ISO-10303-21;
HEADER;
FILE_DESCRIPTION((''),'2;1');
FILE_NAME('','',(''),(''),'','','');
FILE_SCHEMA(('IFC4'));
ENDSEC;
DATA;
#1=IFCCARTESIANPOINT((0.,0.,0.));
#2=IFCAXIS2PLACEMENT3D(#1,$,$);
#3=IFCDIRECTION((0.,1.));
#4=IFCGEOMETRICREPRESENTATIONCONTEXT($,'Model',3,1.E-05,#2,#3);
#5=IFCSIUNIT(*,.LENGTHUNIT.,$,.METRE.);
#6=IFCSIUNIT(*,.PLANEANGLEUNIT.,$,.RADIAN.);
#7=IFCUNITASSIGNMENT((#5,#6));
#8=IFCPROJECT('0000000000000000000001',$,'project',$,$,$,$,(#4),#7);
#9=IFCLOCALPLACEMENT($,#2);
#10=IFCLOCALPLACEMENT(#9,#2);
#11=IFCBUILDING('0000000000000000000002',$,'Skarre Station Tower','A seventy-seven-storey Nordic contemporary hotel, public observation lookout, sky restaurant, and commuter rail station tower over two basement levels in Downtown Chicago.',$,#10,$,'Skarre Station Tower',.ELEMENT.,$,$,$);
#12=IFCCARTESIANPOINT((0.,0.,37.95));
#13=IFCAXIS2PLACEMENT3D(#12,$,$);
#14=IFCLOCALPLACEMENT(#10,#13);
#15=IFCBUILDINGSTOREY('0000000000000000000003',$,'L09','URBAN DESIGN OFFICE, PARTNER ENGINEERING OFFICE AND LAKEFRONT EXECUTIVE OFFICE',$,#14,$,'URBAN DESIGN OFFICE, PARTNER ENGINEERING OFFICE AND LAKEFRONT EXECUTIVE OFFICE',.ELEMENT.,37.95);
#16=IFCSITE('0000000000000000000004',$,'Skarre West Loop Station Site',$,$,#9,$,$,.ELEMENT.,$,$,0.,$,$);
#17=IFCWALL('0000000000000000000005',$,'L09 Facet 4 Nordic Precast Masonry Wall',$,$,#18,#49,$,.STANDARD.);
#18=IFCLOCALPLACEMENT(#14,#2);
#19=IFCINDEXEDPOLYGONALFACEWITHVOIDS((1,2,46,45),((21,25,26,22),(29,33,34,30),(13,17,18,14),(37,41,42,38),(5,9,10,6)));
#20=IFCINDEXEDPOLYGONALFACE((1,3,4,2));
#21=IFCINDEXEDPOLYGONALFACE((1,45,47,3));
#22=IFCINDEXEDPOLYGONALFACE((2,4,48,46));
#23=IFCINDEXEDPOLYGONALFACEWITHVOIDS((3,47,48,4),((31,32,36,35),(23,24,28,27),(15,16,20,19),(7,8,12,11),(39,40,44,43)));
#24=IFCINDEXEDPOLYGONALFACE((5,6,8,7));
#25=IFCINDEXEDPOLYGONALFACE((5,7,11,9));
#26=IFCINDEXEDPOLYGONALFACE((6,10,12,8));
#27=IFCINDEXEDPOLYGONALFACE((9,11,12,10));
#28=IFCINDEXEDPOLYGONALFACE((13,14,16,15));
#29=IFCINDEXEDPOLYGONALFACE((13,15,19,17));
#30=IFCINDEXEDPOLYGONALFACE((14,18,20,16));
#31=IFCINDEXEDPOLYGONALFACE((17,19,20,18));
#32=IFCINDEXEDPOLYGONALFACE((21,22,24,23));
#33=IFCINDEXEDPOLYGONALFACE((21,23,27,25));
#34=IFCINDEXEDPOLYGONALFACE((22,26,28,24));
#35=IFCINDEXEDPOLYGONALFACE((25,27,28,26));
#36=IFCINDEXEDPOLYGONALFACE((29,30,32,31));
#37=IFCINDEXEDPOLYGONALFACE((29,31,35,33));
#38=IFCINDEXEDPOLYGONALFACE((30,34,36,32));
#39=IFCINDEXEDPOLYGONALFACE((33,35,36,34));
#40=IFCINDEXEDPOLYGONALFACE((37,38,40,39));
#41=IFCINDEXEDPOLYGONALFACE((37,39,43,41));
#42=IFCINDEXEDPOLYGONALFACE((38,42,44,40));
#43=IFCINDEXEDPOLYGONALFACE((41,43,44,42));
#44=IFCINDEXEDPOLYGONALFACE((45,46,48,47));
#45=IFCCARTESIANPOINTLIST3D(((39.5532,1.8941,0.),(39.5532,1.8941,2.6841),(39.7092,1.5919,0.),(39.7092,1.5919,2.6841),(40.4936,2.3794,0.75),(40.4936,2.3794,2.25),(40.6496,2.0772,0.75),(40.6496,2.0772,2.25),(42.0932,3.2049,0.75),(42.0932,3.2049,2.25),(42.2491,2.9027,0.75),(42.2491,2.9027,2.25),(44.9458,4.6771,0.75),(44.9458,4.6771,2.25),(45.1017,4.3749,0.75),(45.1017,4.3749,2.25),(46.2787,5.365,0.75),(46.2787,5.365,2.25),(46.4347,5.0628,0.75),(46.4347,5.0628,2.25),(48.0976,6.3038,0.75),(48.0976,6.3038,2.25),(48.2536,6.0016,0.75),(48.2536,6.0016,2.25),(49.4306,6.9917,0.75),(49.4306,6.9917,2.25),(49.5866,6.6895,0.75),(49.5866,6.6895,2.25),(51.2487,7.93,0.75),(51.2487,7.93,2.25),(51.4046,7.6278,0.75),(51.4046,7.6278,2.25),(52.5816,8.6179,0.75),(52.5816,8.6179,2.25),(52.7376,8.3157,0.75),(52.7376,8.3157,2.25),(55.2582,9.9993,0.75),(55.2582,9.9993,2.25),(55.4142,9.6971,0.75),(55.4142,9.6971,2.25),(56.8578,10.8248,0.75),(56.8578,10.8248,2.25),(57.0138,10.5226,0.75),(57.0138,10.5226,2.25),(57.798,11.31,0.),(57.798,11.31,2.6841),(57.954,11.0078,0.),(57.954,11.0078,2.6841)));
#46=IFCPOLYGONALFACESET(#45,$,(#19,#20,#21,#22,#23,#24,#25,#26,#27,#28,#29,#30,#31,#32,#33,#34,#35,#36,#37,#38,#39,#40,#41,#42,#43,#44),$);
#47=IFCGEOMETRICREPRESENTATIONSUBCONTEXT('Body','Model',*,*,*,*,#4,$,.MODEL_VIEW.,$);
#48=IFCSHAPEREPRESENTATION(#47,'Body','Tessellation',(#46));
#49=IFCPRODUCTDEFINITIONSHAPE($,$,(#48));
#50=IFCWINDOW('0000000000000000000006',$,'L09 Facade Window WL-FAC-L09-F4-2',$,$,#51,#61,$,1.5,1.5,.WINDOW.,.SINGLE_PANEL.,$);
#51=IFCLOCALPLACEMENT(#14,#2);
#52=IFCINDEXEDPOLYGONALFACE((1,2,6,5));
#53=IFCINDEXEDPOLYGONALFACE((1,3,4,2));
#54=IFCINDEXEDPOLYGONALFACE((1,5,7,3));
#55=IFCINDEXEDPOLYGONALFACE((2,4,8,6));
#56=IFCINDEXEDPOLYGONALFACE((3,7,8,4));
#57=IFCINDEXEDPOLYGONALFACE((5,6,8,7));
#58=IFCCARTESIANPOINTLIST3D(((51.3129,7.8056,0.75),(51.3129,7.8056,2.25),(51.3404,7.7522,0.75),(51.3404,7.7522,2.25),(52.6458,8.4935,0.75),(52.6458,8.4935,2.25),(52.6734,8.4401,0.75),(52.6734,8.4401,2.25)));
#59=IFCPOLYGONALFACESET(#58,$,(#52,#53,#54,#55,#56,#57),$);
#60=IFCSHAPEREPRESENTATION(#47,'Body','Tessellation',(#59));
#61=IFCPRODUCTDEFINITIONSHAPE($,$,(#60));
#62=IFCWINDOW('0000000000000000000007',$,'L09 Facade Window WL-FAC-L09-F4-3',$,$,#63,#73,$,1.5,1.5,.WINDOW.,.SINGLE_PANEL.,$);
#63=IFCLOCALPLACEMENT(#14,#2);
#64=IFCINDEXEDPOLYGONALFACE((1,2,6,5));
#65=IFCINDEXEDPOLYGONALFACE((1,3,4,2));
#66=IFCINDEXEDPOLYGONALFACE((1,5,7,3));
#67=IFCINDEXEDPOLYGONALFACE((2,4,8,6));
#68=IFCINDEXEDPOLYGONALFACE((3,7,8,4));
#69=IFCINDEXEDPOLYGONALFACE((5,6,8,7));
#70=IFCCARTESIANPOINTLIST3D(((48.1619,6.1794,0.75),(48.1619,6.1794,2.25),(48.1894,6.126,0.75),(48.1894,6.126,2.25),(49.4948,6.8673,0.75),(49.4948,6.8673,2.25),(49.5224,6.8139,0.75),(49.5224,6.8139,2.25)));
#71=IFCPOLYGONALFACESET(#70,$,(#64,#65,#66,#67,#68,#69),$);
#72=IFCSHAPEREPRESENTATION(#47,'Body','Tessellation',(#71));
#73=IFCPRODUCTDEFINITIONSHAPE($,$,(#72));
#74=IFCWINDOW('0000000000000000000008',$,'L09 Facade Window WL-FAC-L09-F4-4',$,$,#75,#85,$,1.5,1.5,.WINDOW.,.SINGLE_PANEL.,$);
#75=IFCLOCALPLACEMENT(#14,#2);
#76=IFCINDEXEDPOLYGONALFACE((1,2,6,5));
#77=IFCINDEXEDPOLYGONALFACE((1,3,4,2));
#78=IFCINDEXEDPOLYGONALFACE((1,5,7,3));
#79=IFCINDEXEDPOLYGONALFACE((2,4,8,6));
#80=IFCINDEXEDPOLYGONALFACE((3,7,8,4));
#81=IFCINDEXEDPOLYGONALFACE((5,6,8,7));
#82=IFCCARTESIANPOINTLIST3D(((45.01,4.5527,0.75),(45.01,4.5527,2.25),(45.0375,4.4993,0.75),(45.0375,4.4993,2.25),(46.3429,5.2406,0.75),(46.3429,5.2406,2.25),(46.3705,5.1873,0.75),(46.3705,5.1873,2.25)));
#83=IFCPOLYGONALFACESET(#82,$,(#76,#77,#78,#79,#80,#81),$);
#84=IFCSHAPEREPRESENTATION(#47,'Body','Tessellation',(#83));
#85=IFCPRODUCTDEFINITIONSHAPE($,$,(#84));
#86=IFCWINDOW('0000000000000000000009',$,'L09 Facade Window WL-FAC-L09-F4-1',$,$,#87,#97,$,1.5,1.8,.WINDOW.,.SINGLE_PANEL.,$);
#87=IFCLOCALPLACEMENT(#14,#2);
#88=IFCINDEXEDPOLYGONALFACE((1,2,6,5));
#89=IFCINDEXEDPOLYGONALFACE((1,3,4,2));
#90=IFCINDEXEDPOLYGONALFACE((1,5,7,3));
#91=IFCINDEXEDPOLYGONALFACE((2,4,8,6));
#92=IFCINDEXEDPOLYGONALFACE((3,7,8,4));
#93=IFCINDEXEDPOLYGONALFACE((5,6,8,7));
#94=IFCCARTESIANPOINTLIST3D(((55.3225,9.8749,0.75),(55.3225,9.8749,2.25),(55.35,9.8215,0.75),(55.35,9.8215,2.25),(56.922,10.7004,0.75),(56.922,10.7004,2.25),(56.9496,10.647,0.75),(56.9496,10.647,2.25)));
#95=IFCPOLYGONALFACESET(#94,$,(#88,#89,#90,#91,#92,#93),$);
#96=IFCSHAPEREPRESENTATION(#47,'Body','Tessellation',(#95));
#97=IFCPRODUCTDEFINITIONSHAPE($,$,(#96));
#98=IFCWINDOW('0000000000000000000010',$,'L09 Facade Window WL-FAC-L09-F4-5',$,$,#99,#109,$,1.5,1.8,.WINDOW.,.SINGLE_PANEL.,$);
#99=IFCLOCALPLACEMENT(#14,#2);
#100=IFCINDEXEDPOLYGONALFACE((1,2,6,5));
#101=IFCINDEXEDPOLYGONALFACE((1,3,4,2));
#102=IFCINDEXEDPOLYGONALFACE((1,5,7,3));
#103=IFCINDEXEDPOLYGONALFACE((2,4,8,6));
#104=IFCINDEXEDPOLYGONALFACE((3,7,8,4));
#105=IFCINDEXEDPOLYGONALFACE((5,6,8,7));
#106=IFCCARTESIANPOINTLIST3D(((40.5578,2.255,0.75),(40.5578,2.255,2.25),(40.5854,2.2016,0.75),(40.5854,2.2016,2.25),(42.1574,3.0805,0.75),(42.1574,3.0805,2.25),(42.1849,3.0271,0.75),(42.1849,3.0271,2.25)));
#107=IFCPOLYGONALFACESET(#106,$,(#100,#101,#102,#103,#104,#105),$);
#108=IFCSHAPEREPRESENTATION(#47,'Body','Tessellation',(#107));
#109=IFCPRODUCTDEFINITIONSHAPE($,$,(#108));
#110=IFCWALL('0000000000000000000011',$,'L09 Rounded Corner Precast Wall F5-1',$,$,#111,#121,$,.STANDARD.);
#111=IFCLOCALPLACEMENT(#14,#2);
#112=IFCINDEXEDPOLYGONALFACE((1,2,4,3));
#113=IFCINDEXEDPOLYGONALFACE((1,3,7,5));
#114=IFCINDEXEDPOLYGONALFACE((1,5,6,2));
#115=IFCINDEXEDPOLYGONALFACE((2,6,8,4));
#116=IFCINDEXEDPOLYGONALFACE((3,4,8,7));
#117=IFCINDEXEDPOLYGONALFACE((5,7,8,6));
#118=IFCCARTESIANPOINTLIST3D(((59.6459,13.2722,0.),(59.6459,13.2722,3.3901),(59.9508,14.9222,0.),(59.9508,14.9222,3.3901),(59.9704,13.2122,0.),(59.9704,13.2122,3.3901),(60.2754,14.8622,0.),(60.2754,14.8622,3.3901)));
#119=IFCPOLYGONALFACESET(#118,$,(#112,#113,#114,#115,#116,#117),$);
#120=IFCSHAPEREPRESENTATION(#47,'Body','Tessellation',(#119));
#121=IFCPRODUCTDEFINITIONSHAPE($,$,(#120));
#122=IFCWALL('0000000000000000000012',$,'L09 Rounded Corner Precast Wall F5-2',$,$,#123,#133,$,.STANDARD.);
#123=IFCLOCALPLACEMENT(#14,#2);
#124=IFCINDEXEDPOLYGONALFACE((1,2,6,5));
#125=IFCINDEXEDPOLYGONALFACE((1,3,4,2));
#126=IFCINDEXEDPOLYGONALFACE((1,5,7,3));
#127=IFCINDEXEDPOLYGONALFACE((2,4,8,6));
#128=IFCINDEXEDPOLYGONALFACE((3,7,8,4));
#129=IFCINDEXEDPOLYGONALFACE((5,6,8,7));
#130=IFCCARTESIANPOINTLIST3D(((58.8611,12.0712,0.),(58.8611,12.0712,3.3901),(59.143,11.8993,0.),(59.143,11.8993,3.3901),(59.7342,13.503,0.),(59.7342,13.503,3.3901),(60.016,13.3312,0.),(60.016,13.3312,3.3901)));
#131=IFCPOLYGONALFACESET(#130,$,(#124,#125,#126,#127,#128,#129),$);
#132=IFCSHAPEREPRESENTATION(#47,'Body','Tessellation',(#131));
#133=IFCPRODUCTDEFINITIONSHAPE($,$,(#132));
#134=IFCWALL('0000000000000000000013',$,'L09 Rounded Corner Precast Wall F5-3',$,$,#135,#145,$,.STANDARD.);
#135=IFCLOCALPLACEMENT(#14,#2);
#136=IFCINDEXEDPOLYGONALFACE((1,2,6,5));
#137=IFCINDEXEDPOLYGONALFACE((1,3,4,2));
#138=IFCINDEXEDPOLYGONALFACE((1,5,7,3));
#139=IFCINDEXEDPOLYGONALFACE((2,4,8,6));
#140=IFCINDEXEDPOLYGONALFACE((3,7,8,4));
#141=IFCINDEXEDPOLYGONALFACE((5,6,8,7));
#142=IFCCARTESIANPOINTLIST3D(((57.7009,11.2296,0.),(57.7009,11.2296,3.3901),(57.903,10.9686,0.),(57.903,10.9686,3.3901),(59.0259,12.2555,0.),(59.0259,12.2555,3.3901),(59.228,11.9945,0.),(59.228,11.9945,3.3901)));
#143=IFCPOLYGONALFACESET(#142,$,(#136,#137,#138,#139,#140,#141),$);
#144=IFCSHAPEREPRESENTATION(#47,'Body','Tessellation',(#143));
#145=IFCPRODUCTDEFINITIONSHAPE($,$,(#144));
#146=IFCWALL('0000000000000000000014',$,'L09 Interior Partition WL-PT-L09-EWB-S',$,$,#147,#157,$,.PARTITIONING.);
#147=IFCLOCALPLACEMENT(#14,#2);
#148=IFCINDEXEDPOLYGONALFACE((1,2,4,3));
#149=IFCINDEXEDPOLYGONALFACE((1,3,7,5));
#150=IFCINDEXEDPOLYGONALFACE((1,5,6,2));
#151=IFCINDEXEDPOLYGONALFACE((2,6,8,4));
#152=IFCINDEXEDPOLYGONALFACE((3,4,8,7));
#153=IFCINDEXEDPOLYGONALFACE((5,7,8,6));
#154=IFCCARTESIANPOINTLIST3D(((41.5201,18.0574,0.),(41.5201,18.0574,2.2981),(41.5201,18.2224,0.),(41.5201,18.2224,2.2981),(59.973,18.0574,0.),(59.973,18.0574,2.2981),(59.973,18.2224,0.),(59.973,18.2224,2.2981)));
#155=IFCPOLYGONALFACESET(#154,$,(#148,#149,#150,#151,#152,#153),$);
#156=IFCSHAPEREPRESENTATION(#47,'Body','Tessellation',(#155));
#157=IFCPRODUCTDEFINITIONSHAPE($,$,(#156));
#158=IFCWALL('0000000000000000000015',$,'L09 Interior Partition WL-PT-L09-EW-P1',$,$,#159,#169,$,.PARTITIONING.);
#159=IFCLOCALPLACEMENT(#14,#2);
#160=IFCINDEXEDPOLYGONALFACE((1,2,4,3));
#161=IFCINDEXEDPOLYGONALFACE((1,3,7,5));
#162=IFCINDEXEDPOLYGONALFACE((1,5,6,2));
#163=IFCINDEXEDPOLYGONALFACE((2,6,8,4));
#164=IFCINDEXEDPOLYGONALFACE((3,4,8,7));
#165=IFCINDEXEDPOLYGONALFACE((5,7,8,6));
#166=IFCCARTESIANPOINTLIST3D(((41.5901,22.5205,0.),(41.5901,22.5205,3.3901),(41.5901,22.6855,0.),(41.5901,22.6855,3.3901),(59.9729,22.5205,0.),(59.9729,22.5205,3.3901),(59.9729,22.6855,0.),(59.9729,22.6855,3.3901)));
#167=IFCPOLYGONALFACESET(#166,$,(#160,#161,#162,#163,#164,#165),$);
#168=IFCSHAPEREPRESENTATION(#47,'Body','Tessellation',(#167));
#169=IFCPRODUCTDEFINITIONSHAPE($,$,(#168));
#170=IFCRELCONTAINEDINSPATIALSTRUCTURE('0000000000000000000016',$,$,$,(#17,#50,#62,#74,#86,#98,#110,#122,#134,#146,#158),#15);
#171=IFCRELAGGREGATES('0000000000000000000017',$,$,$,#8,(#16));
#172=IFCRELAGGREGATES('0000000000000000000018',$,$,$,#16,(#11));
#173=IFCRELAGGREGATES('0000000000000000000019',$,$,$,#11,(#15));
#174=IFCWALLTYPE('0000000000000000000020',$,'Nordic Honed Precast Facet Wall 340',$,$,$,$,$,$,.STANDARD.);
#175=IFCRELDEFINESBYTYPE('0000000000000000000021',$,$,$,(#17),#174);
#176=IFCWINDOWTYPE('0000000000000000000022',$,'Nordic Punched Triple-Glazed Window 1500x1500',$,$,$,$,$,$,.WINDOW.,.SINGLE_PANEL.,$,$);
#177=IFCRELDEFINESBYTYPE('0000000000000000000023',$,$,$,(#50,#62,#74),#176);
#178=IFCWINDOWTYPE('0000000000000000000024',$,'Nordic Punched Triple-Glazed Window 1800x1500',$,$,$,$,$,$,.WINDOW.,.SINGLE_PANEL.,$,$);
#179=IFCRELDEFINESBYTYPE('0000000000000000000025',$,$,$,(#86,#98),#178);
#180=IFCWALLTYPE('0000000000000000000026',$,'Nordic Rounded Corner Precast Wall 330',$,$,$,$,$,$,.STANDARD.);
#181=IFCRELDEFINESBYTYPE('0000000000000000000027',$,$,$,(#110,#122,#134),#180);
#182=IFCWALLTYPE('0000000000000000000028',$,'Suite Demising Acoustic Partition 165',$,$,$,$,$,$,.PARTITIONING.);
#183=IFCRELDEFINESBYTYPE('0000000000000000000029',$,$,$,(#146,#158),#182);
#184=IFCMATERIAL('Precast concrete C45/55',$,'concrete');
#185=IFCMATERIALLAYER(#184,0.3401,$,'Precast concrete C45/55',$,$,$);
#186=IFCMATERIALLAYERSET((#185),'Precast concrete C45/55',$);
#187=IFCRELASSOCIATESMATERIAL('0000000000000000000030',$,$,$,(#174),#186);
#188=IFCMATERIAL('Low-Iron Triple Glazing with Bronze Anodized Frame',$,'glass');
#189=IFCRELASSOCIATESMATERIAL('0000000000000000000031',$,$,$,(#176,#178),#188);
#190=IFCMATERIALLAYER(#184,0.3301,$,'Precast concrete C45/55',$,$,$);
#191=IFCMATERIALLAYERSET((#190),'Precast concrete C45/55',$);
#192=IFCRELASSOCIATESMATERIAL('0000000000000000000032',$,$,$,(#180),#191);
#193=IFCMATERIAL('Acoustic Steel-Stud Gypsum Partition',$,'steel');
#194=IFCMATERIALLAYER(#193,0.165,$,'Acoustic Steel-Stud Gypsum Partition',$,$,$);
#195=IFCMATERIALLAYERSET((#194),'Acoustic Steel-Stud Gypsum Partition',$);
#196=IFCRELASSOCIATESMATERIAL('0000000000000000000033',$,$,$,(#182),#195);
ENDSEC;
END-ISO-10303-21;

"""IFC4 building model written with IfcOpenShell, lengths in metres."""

from ifc_helpers import new_model, si_unit, direction, frame, frame_2d, origin, place, context, subcontext, project, spatial, rectangle, extrude, material, layer, layer_set, type_object, element, fill, save


model = new_model("IFC4")

# Units and contexts
model_context = context("Model", 3, precision=1e-05, world=origin(), true_north=direction((0.0, 1.0)))
body_context = subcontext(model_context, "Body", "Model", "MODEL_VIEW")
ifc_project = project(units=[si_unit("LENGTHUNIT", "METRE"), si_unit("PLANEANGLEUNIT", "RADIAN")], contexts=[model_context])

# Site, building, storey
site_placement = place(None, origin())
site = spatial("IfcSite", under=ifc_project, at=site_placement, Name="Skarre West Loop Station Site", CompositionType="ELEMENT", RefElevation=0.0)
building_placement = place(site_placement, origin())
building = spatial("IfcBuilding", under=site, at=building_placement, Name="Skarre Station Tower", Description="A seventy-seven-storey Nordic contemporary hotel, public observation lookout, sky restaurant, and commuter rail station tower over two basement levels in Downtown Chicago.", LongName="Skarre Station Tower", CompositionType="ELEMENT")
storey_placement = place(building_placement, frame((0.0, 0.0, 37.95)))
storey = spatial("IfcBuildingStorey", under=building, at=storey_placement, Name="L09", Description="URBAN DESIGN OFFICE, PARTNER ENGINEERING OFFICE AND LAKEFRONT EXECUTIVE OFFICE", LongName="URBAN DESIGN OFFICE, PARTNER ENGINEERING OFFICE AND LAKEFRONT EXECUTIVE OFFICE", CompositionType="ELEMENT", Elevation=37.95)

# Shared definitions
ifc_material_1 = material(Name="Acoustic Steel-Stud Gypsum Partition", Category="steel")

# Wall, openings, windows
ifc_material_2 = material(Name="Precast concrete C45/55", Category="concrete")
ifc_layer_1 = layer(ifc_material_2, 0.3401, Name="Precast concrete C45/55")
ifc_layer_set_1 = layer_set([ifc_layer_1], Name="Precast concrete C45/55")
wall_type_1 = type_object("IfcWallType", Name="Nordic Honed Precast Facet Wall 340", PredefinedType="STANDARD", material=ifc_layer_set_1)
wall_1_placement = place(storey_placement, frame((57.876, 11.1589, 0.0), z_axis=(0.0, 0.0, 1.0), x_axis=(-0.888634, -0.458616, 0.0)))
wall_1 = element("IfcWall", 1, at=wall_1_placement, inside=storey, type_object=wall_type_1, Name="L09 Facet 4 Nordic Precast Masonry Wall", PredefinedType="STANDARD", context=body_context, shape_type="SweptSolid", body=[
    extrude(rectangle(XDim=20.5312, YDim=0.3401, at=frame_2d((10.2656, 0.0))), origin(), (0.0, 0.0, 1.0), 2.6841),
])
opening_1_placement = place(wall_1_placement, frame((1.0581, 0.0, 0.75)))
opening_1 = element("IfcOpeningElement", 2, at=opening_1_placement, cuts=wall_1, PredefinedType="OPENING", context=body_context, shape_type="SweptSolid", body=[
    extrude(rectangle(XDim=1.8, YDim=1.5, at=frame_2d((0.8999, 0.75))), frame((0.0, 0.1799, 0.0), z_axis=(0.0, -1.0, 0.0), x_axis=(1.0, 0.0, 0.0)), (0.0, 0.0, 1.0), 0.3601),
])
opening_2_placement = place(wall_1_placement, frame((5.8701, 0.0, 0.75)))
opening_2 = element("IfcOpeningElement", 3, at=opening_2_placement, cuts=wall_1, PredefinedType="OPENING", context=body_context, shape_type="SweptSolid", body=[
    extrude(rectangle(XDim=1.5, YDim=1.5, at=frame_2d((0.75, 0.75))), frame((0.0, 0.1799, 0.0), z_axis=(0.0, -1.0, 0.0), x_axis=(1.0, 0.0, 0.0)), (0.0, 0.0, 1.0), 0.3601),
])
opening_3_placement = place(wall_1_placement, frame((9.416, 0.0, 0.75)))
opening_3 = element("IfcOpeningElement", 4, at=opening_3_placement, cuts=wall_1, PredefinedType="OPENING", context=body_context, shape_type="SweptSolid", body=[
    extrude(rectangle(XDim=1.5, YDim=1.5, at=frame_2d((0.75, 0.75))), frame((0.0, 0.1799, 0.0), z_axis=(0.0, -1.0, 0.0), x_axis=(1.0, 0.0, 0.0)), (0.0, 0.0, 1.0), 0.3601),
])
opening_4_placement = place(wall_1_placement, frame((12.9629, 0.0, 0.75)))
opening_4 = element("IfcOpeningElement", 5, at=opening_4_placement, cuts=wall_1, PredefinedType="OPENING", context=body_context, shape_type="SweptSolid", body=[
    extrude(rectangle(XDim=1.5, YDim=1.5, at=frame_2d((0.75, 0.75))), frame((0.0, 0.1799, 0.0), z_axis=(0.0, -1.0, 0.0), x_axis=(1.0, 0.0, 0.0)), (0.0, 0.0, 1.0), 0.3601),
])
opening_5_placement = place(wall_1_placement, frame((17.6731, 0.0, 0.75)))
opening_5 = element("IfcOpeningElement", 6, at=opening_5_placement, cuts=wall_1, PredefinedType="OPENING", context=body_context, shape_type="SweptSolid", body=[
    extrude(rectangle(XDim=1.8, YDim=1.5, at=frame_2d((0.8999, 0.75))), frame((0.0, 0.1799, 0.0), z_axis=(0.0, -1.0, 0.0), x_axis=(1.0, 0.0, 0.0)), (0.0, 0.0, 1.0), 0.3601),
])
ifc_material_3 = material(Name="Low-Iron Triple Glazing with Bronze Anodized Frame", Category="glass")
window_type_1 = type_object("IfcWindowType", Name="Nordic Punched Triple-Glazed Window 1500x1500", PartitioningType="SINGLE_PANEL", PredefinedType="WINDOW", material=ifc_material_3)
window_1_placement = place(opening_2_placement, origin())
window_1 = element("IfcWindow", 7, at=window_1_placement, inside=storey, type_object=window_type_1, Name="L09 Facade Window WL-FAC-L09-F4-2", OverallHeight=1.5, OverallWidth=1.5, PartitioningType="SINGLE_PANEL", PredefinedType="WINDOW", context=body_context, shape_type="SweptSolid", body=[
    extrude(rectangle(XDim=1.5, YDim=1.5, at=frame_2d((0.75, 0.75))), frame((0.0, 0.03, 0.0), z_axis=(0.0, -1.0, 0.0), x_axis=(1.0, 0.0, 0.0)), (0.0, 0.0, 1.0), 0.0601),
])
fill(opening_2, window_1)
window_2_placement = place(opening_3_placement, origin())
window_2 = element("IfcWindow", 8, at=window_2_placement, inside=storey, type_object=window_type_1, Name="L09 Facade Window WL-FAC-L09-F4-3", OverallHeight=1.5, OverallWidth=1.5, PartitioningType="SINGLE_PANEL", PredefinedType="WINDOW", context=body_context, shape_type="SweptSolid", body=[
    extrude(rectangle(XDim=1.5, YDim=1.5, at=frame_2d((0.75, 0.75))), frame((0.0, 0.03, 0.0), z_axis=(0.0, -1.0, 0.0), x_axis=(1.0, 0.0, 0.0)), (0.0, 0.0, 1.0), 0.0601),
])
fill(opening_3, window_2)
window_3_placement = place(opening_4_placement, origin())
window_3 = element("IfcWindow", 9, at=window_3_placement, inside=storey, type_object=window_type_1, Name="L09 Facade Window WL-FAC-L09-F4-4", OverallHeight=1.5, OverallWidth=1.5, PartitioningType="SINGLE_PANEL", PredefinedType="WINDOW", context=body_context, shape_type="SweptSolid", body=[
    extrude(rectangle(XDim=1.5, YDim=1.5, at=frame_2d((0.75, 0.75))), frame((0.0, 0.03, 0.0), z_axis=(0.0, -1.0, 0.0), x_axis=(1.0, 0.0, 0.0)), (0.0, 0.0, 1.0), 0.0601),
])
fill(opening_4, window_3)
window_type_2 = type_object("IfcWindowType", Name="Nordic Punched Triple-Glazed Window 1800x1500", PartitioningType="SINGLE_PANEL", PredefinedType="WINDOW", material=ifc_material_3)
window_4_placement = place(opening_1_placement, origin())
window_4 = element("IfcWindow", 10, at=window_4_placement, inside=storey, type_object=window_type_2, Name="L09 Facade Window WL-FAC-L09-F4-1", OverallHeight=1.5, OverallWidth=1.8, PartitioningType="SINGLE_PANEL", PredefinedType="WINDOW", context=body_context, shape_type="SweptSolid", body=[
    extrude(rectangle(XDim=1.8, YDim=1.5, at=frame_2d((0.8999, 0.75))), frame((0.0, 0.03, 0.0), z_axis=(0.0, -1.0, 0.0), x_axis=(1.0, 0.0, 0.0)), (0.0, 0.0, 1.0), 0.0601),
])
fill(opening_1, window_4)
window_5_placement = place(opening_5_placement, origin())
window_5 = element("IfcWindow", 11, at=window_5_placement, inside=storey, type_object=window_type_2, Name="L09 Facade Window WL-FAC-L09-F4-5", OverallHeight=1.5, OverallWidth=1.8, PartitioningType="SINGLE_PANEL", PredefinedType="WINDOW", context=body_context, shape_type="SweptSolid", body=[
    extrude(rectangle(XDim=1.8, YDim=1.5, at=frame_2d((0.8999, 0.75))), frame((0.0, 0.03, 0.0), z_axis=(0.0, -1.0, 0.0), x_axis=(1.0, 0.0, 0.0)), (0.0, 0.0, 1.0), 0.0601),
])
fill(opening_5, window_5)

# Walls
ifc_layer_2 = layer(ifc_material_2, 0.3301, Name="Precast concrete C45/55")
ifc_layer_set_2 = layer_set([ifc_layer_2], Name="Precast concrete C45/55")
wall_type_2 = type_object("IfcWallType", Name="Nordic Rounded Corner Precast Wall 330", PredefinedType="STANDARD", material=ifc_layer_set_2)
wall_2_placement = place(storey_placement, frame((60.113, 14.8921, 0.0), z_axis=(0.0, 0.0, 1.0), x_axis=(-0.181714, -0.983351, 0.0)))
element("IfcWall", 12, at=wall_2_placement, inside=storey, type_object=wall_type_2, Name="L09 Rounded Corner Precast Wall F5-1", PredefinedType="STANDARD", context=body_context, shape_type="SweptSolid", body=[
    extrude(rectangle(XDim=1.678, YDim=0.3301, at=frame_2d((0.8389, 0.0))), origin(), (0.0, 0.0, 1.0), 3.3901),
])
wall_3_placement = place(storey_placement, frame((59.875, 13.417, 0.0), z_axis=(0.0, 0.0, 1.0), x_axis=(-0.520584, -0.85381, 0.0)))
element("IfcWall", 13, at=wall_3_placement, inside=storey, type_object=wall_type_2, Name="L09 Rounded Corner Precast Wall F5-2", PredefinedType="STANDARD", context=body_context, shape_type="SweptSolid", body=[
    extrude(rectangle(XDim=1.677, YDim=0.3301, at=frame_2d((0.8384, 0.0))), origin(), (0.0, 0.0, 1.0), 3.3901),
])
wall_4_placement = place(storey_placement, frame((59.127, 12.125, 0.0), z_axis=(0.0, 0.0, 1.0), x_axis=(-0.790692, -0.612214, 0.0)))
element("IfcWall", 14, at=wall_4_placement, inside=storey, type_object=wall_type_2, Name="L09 Rounded Corner Precast Wall F5-3", PredefinedType="STANDARD", context=body_context, shape_type="SweptSolid", body=[
    extrude(rectangle(XDim=1.6758, YDim=0.3301, at=frame_2d((0.8379, 0.0))), origin(), (0.0, 0.0, 1.0), 3.3901),
])
ifc_layer_3 = layer(ifc_material_1, 0.165, Name="Acoustic Steel-Stud Gypsum Partition")
ifc_layer_set_3 = layer_set([ifc_layer_3], Name="Acoustic Steel-Stud Gypsum Partition")
wall_type_3 = type_object("IfcWallType", Name="Suite Demising Acoustic Partition 165", PredefinedType="PARTITIONING", material=ifc_layer_set_3)
wall_5_placement = place(storey_placement, frame((41.52, 18.1399, 0.0), z_axis=(0.0, 0.0, 1.0), x_axis=(1.0, 0.0, 0.0)))
element("IfcWall", 15, at=wall_5_placement, inside=storey, type_object=wall_type_3, Name="L09 Interior Partition WL-PT-L09-EWB-S", PredefinedType="PARTITIONING", context=body_context, shape_type="SweptSolid", body=[
    extrude(rectangle(XDim=18.4529, YDim=0.165, at=frame_2d((9.2266, 0.0))), origin(), (0.0, 0.0, 1.0), 2.2981),
])
wall_6_placement = place(storey_placement, frame((41.5901, 22.603, 0.0), z_axis=(0.0, 0.0, 1.0), x_axis=(1.0, 0.0, 0.0)))
element("IfcWall", 16, at=wall_6_placement, inside=storey, type_object=wall_type_3, Name="L09 Interior Partition WL-PT-L09-EW-P1", PredefinedType="PARTITIONING", context=body_context, shape_type="SweptSolid", body=[
    extrude(rectangle(XDim=18.3828, YDim=0.165, at=frame_2d((9.1914, 0.0))), origin(), (0.0, 0.0, 1.0), 3.3901),
])

save(model, "model.ifc")
